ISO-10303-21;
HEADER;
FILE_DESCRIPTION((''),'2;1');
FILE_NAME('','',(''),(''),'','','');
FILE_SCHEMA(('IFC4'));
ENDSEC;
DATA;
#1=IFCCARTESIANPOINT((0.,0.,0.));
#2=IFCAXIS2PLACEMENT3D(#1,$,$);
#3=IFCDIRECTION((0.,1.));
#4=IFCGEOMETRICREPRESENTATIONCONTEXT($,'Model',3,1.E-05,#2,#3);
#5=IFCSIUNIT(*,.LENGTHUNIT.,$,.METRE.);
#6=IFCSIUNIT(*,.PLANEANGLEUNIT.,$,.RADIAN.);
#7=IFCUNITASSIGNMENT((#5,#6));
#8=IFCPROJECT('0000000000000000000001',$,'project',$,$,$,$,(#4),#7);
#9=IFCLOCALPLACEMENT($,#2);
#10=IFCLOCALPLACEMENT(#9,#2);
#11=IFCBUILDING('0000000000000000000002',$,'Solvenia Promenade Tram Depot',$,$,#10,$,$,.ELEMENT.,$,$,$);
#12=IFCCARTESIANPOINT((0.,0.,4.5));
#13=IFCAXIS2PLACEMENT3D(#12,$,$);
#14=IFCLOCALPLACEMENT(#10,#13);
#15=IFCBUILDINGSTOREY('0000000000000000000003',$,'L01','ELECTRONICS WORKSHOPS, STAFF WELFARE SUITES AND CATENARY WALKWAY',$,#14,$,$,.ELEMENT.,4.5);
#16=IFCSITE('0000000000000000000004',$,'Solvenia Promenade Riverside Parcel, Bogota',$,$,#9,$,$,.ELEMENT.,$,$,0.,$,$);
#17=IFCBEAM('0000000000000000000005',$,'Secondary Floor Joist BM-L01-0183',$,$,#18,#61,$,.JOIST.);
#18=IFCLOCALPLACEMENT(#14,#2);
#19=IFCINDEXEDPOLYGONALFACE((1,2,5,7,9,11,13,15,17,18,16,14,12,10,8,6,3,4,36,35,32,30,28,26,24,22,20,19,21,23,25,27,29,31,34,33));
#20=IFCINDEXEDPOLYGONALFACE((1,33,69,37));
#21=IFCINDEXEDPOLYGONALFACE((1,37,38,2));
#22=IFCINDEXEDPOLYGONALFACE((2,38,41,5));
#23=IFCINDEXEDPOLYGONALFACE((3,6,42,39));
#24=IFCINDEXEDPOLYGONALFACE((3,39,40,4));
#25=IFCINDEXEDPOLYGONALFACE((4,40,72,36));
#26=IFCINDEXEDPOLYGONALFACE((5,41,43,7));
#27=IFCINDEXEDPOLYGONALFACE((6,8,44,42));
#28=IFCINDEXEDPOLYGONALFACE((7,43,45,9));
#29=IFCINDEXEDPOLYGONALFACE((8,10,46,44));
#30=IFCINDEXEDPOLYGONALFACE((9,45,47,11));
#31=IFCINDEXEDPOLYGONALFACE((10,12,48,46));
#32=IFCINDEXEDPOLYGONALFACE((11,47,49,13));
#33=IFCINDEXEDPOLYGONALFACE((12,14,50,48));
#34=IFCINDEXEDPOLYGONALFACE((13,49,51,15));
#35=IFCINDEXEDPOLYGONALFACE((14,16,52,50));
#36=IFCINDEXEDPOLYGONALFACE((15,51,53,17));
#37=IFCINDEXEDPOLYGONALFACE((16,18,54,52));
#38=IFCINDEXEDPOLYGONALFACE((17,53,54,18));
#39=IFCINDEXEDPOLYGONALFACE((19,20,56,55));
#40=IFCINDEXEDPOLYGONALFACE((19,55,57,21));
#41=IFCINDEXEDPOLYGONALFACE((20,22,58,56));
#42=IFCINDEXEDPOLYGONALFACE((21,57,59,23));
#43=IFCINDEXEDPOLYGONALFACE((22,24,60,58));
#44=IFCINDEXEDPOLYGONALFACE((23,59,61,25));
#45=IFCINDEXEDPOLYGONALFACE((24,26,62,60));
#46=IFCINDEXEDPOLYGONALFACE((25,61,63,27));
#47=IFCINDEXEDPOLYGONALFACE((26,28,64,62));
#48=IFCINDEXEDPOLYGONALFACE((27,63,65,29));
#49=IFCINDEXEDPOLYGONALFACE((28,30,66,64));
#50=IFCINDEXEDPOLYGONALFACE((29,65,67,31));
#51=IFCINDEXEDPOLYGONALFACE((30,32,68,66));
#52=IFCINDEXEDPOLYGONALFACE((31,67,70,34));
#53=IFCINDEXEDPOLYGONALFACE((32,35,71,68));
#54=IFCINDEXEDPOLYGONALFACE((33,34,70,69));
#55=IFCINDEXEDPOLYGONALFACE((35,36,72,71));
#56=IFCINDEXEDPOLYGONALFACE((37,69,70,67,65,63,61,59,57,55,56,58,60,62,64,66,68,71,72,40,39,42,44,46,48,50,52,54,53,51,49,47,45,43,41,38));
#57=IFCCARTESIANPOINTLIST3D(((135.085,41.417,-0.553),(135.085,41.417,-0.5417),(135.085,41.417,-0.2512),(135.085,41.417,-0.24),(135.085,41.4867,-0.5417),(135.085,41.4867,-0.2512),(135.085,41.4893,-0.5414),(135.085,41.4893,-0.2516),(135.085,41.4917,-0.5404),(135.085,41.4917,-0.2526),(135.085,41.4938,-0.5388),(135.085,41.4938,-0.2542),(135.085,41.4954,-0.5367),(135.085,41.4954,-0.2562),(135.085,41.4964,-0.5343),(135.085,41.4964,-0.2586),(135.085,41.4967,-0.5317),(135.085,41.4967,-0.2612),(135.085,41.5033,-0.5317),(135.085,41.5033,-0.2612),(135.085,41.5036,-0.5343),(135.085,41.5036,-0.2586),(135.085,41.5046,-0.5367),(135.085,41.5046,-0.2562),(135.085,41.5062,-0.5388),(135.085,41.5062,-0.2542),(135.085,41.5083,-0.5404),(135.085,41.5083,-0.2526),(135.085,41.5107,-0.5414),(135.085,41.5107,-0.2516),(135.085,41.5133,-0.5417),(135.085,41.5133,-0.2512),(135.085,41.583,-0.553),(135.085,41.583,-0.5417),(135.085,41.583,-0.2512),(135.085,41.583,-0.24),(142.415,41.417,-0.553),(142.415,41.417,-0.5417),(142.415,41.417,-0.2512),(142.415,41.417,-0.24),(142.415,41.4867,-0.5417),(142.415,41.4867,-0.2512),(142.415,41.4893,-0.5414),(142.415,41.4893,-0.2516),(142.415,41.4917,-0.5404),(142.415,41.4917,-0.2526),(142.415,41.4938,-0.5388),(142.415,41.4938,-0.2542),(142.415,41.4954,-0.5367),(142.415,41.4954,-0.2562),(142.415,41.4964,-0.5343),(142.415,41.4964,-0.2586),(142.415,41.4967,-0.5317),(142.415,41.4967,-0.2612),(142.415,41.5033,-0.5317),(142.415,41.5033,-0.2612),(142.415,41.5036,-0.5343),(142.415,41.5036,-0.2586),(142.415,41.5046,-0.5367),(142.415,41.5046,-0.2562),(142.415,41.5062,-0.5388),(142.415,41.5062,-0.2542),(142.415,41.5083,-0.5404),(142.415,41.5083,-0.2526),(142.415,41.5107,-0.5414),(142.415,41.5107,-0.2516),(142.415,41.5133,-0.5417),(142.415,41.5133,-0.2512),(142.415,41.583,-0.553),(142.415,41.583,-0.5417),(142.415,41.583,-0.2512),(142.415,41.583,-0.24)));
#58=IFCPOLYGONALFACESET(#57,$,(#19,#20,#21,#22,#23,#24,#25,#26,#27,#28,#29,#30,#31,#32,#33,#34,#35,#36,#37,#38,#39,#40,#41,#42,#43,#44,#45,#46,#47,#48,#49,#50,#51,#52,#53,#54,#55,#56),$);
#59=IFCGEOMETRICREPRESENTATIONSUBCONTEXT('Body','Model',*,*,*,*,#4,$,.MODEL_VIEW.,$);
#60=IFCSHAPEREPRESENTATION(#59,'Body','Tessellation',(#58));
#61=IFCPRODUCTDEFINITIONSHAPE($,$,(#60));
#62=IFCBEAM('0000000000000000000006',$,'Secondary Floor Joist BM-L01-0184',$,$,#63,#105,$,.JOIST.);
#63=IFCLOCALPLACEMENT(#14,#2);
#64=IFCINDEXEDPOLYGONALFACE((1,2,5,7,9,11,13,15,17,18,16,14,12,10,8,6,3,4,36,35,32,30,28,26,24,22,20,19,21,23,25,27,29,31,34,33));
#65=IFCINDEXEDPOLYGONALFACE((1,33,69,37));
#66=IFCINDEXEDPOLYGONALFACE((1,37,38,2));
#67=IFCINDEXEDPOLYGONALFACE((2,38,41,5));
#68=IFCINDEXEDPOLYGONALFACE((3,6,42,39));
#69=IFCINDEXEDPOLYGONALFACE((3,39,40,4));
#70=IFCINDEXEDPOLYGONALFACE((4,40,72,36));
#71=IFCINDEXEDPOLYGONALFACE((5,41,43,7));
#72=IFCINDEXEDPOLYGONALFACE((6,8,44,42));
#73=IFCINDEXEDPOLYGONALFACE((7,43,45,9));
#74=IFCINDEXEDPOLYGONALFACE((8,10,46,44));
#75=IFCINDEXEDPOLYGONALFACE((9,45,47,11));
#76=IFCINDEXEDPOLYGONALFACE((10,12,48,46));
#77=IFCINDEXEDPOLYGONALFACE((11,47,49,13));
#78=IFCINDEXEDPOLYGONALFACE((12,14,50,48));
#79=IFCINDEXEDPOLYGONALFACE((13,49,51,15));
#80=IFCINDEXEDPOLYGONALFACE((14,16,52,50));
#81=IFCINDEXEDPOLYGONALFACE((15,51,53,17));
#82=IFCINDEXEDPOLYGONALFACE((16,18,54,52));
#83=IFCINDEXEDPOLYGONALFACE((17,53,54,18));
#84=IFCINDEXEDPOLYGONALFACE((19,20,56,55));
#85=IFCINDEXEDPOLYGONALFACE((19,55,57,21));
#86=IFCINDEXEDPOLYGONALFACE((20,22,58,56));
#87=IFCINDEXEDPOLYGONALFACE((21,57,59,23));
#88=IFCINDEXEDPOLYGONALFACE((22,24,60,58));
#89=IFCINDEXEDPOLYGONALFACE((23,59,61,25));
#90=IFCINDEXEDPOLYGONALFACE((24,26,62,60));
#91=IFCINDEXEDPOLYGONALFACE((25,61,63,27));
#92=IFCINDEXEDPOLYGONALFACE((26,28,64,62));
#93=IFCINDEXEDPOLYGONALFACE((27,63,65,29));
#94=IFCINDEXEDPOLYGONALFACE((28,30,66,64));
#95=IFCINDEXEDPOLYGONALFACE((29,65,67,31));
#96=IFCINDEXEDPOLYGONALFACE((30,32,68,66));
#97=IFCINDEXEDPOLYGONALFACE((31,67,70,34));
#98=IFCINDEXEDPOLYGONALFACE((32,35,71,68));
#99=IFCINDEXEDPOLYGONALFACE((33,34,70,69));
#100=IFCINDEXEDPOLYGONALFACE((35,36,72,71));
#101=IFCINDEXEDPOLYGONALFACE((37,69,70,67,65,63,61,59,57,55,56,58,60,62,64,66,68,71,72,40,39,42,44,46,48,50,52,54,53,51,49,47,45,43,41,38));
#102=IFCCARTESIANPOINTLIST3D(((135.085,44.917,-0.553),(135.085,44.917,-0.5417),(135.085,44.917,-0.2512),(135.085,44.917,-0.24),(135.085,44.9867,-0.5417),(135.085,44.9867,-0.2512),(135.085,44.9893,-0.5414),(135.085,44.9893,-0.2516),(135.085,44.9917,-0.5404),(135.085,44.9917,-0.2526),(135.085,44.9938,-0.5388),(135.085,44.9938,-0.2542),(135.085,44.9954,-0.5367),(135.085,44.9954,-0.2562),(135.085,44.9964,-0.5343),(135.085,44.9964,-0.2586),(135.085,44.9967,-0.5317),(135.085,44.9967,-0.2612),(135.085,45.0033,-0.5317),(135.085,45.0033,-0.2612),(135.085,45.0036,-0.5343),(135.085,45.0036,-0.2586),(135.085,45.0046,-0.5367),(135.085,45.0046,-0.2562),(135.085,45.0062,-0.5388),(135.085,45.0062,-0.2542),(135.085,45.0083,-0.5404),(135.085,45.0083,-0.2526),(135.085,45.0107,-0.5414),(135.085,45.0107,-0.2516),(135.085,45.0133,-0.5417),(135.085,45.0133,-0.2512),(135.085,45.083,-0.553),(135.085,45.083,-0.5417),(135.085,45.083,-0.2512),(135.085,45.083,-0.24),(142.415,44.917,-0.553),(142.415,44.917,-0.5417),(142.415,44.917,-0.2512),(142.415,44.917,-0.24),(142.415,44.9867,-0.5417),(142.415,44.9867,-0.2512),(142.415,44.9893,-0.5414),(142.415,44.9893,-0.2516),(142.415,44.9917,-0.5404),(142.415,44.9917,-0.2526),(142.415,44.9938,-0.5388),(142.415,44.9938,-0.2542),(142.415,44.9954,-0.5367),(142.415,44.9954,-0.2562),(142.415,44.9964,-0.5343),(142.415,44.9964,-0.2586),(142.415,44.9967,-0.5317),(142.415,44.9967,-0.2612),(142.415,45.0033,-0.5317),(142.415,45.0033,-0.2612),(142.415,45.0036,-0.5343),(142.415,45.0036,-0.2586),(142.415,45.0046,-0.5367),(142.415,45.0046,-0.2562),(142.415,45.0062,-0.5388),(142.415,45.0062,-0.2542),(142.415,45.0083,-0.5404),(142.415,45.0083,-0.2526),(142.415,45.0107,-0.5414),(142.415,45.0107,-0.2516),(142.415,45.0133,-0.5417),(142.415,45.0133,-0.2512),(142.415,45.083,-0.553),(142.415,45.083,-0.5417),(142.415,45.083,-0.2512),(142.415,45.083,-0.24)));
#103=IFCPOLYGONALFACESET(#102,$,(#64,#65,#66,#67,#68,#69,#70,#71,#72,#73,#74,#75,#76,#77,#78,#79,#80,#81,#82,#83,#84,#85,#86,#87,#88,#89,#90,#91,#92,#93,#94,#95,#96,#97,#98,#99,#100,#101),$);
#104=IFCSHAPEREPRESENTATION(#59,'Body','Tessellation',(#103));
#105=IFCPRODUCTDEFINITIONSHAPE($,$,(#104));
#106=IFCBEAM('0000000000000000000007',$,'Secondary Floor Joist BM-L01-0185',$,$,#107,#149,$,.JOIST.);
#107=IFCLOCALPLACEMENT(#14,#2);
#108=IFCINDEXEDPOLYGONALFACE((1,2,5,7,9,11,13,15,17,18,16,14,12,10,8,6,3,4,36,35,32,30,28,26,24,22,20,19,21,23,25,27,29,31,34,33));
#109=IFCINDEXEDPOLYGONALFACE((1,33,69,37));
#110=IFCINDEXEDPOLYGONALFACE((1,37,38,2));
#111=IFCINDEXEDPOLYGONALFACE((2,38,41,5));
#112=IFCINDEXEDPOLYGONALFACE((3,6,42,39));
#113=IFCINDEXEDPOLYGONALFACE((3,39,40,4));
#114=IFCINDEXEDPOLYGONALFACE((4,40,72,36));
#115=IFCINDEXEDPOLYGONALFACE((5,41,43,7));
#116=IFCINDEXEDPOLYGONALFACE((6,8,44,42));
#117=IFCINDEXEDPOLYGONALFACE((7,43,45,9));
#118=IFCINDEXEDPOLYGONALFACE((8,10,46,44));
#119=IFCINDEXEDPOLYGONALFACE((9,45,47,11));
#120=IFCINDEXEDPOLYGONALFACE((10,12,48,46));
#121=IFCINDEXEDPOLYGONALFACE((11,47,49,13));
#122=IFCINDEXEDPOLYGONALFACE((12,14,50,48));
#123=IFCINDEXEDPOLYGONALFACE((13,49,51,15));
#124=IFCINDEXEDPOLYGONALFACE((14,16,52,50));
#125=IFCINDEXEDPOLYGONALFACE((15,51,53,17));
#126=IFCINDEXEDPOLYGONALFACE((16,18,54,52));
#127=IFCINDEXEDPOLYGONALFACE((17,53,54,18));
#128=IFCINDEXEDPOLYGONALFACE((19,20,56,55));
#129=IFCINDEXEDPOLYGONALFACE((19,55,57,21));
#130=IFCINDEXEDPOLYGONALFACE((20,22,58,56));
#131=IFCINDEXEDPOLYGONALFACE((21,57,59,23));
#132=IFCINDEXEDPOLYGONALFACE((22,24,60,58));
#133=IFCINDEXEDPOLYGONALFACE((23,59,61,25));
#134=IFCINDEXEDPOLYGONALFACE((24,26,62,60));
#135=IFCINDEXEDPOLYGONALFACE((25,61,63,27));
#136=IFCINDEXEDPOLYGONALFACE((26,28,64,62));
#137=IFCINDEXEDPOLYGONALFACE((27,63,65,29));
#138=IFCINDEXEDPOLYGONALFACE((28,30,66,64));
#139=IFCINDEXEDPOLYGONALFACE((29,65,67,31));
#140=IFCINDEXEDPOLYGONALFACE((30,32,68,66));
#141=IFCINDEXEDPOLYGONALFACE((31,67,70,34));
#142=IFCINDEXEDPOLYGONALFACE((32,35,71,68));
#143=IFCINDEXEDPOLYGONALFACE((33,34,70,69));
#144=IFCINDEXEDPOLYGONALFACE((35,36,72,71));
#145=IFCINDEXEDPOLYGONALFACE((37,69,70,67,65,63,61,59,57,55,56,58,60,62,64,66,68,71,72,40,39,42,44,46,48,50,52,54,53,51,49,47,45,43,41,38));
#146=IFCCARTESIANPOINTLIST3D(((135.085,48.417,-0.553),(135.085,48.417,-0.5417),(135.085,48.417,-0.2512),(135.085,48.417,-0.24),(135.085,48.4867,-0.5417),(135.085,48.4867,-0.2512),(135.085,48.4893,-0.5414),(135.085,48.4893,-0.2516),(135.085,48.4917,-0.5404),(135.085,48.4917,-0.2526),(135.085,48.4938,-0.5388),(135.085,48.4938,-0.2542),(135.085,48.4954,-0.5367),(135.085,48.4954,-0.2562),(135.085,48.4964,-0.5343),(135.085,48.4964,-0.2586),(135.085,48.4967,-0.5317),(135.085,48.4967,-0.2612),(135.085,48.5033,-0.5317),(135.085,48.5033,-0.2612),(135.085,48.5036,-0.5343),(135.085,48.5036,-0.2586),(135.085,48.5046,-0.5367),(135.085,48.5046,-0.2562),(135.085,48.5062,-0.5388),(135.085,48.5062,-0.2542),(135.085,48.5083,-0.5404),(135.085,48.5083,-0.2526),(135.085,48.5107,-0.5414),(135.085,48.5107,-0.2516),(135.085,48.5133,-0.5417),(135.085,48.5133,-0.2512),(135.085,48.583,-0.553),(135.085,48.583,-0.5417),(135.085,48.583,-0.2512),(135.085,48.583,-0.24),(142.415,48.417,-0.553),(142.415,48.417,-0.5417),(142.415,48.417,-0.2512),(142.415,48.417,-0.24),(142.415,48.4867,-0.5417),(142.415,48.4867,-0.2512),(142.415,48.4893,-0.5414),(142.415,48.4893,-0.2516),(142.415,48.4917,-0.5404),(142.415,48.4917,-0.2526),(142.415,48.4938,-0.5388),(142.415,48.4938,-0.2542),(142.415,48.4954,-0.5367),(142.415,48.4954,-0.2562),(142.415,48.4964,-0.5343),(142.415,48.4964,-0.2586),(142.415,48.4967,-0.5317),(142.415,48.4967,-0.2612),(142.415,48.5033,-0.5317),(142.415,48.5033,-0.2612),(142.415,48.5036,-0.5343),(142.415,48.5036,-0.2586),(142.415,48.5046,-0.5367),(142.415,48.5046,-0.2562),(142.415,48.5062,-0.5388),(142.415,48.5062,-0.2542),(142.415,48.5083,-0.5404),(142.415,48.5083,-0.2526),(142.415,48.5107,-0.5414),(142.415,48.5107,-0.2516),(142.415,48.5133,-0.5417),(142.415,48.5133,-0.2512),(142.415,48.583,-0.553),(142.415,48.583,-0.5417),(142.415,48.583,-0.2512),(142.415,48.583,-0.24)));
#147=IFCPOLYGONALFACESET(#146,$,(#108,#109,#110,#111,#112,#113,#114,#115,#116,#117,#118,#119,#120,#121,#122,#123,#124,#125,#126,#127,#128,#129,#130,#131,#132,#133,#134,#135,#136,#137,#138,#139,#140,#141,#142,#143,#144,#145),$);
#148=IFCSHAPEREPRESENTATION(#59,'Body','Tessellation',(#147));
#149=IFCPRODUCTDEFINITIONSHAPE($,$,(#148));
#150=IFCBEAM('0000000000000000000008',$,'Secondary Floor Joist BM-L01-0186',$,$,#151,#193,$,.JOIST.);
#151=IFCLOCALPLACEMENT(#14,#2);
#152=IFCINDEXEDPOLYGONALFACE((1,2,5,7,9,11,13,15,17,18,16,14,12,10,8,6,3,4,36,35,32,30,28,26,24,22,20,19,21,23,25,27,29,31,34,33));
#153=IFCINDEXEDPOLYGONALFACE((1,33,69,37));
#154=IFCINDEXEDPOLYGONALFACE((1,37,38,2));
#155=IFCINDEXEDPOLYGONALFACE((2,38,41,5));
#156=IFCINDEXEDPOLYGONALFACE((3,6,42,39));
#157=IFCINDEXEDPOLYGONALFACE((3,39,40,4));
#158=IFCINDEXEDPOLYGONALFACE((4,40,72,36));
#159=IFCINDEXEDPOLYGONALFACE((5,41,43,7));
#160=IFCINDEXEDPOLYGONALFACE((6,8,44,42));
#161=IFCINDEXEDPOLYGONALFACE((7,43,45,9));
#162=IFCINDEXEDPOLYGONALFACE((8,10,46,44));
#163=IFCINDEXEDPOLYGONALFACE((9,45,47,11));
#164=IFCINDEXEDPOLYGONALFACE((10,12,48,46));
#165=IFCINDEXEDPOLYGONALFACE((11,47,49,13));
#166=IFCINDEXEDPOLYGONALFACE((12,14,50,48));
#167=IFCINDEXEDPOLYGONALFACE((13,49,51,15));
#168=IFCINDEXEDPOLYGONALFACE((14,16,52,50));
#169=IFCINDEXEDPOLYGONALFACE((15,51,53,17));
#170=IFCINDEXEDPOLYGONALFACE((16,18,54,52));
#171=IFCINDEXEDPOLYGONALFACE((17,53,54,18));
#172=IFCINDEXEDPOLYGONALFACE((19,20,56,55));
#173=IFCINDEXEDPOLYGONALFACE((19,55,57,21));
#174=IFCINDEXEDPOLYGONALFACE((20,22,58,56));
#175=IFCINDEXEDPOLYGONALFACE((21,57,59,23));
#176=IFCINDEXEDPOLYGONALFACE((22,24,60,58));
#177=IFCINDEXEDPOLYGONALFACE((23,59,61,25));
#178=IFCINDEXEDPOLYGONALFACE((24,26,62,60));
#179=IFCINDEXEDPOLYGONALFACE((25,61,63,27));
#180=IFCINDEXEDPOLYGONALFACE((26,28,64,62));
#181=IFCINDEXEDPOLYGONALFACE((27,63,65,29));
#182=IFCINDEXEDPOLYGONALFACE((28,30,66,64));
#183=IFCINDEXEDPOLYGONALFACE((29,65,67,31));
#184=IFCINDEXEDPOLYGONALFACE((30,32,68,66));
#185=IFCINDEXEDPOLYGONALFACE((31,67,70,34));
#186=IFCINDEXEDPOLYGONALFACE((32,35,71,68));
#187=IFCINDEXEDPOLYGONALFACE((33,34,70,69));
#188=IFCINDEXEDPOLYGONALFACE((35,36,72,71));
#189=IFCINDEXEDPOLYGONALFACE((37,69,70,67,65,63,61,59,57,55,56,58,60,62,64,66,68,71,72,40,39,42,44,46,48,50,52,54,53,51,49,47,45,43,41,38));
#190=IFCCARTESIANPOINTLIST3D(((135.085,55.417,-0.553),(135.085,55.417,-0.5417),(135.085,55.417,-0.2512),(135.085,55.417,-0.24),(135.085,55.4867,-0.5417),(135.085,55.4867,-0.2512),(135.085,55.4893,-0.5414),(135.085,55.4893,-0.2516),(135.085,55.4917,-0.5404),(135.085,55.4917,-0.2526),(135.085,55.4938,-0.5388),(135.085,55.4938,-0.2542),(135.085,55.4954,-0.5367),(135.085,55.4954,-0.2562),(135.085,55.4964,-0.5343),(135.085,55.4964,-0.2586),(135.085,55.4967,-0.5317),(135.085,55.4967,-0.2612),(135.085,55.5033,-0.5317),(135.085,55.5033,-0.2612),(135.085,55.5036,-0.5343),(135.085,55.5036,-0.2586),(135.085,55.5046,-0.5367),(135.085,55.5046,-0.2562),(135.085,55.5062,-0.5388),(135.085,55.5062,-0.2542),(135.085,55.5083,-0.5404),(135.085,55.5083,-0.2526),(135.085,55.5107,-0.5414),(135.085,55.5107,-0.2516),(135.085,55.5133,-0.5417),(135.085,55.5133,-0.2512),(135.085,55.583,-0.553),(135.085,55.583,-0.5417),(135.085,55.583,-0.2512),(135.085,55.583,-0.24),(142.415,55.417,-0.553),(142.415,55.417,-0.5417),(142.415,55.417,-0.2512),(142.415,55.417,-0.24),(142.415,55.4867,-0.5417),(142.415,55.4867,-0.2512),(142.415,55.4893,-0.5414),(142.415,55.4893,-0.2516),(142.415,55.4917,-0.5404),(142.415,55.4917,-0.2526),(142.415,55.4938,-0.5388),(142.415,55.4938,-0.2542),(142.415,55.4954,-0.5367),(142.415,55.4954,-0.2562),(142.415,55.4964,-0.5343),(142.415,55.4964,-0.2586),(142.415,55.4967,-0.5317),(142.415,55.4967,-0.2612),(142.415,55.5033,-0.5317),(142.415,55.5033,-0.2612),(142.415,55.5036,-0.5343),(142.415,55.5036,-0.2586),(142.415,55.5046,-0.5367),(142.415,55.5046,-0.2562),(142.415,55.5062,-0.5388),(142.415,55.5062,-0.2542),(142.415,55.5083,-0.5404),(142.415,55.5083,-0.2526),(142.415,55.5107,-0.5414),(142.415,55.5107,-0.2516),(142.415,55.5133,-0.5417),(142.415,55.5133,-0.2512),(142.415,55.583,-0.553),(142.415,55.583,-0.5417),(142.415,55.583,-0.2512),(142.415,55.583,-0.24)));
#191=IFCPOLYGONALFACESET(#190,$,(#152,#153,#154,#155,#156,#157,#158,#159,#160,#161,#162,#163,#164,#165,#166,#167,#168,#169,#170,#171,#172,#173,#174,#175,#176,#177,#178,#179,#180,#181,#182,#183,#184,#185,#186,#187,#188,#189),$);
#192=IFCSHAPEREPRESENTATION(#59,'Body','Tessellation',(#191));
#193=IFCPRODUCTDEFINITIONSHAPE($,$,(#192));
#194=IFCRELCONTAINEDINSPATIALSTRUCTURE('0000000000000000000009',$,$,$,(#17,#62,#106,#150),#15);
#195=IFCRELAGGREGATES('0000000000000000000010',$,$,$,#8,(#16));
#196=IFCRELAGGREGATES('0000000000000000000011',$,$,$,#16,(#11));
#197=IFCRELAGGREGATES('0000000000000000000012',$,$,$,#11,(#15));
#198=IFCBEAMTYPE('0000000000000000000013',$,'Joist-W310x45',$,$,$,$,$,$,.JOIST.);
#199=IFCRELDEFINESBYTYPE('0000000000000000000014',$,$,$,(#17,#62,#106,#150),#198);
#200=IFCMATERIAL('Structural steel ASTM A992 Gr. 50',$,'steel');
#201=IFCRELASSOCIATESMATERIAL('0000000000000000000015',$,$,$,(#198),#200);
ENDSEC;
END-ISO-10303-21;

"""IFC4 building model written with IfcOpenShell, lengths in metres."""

from ifc_helpers import new_model, si_unit, direction, frame, origin, origin_2d, place, context, subcontext, project, spatial, i_section, extrude, material, material_profile, profile_set, type_object, element, save


model = new_model("IFC4")

# Units and contexts
model_context = context("Model", 3, precision=1e-05, world=origin(), true_north=direction((0.0, 1.0)))
body_context = subcontext(model_context, "Body", "Model", "MODEL_VIEW")
ifc_project = project(units=[si_unit("LENGTHUNIT", "METRE"), si_unit("PLANEANGLEUNIT", "RADIAN")], contexts=[model_context])

# Site, building, storey
site_placement = place(None, origin())
site = spatial("IfcSite", under=ifc_project, at=site_placement, Name="Solvenia Promenade Riverside Parcel, Bogota", CompositionType="ELEMENT", RefElevation=0.0)
building_placement = place(site_placement, origin())
building = spatial("IfcBuilding", under=site, at=building_placement, Name="Solvenia Promenade Tram Depot", CompositionType="ELEMENT")
storey_placement = place(building_placement, frame((0.0, 0.0, 4.5)))
storey = spatial("IfcBuildingStorey", under=building, at=storey_placement, Name="L01", Description="ELECTRONICS WORKSHOPS, STAFF WELFARE SUITES AND CATENARY WALKWAY", CompositionType="ELEMENT", Elevation=4.5)

# Shared definitions
ifc_material_1 = material(Name="Structural steel ASTM A992 Gr. 50", Category="steel")

# Beams
ifc_material_profile_1 = material_profile(ifc_material_1, i_section(OverallWidth=0.166, OverallDepth=0.313, WebThickness=0.0066, FlangeThickness=0.0112, FilletRadius=0.01, at=origin_2d()), Name="W310x45", Category="steel")
ifc_profile_set_1 = profile_set([ifc_material_profile_1], Name="Structural steel ASTM A992 Gr. 50")
beam_type_1 = type_object("IfcBeamType", Name="Joist-W310x45", PredefinedType="JOIST", material=ifc_profile_set_1)
for number, where, z_axis, x_axis, name in (
    (1, (135.085, 41.5, -0.3965), (1.0, 0.0, 0.0), (0.0, 1.0, 0.0), "Secondary Floor Joist BM-L01-0183"),
    (2, (135.085, 45.0, -0.3965), (1.0, 0.0, 0.0), (0.0, 1.0, 0.0), "Secondary Floor Joist BM-L01-0184"),
    (3, (135.085, 48.5, -0.3965), (1.0, 0.0, 0.0), (0.0, 1.0, 0.0), "Secondary Floor Joist BM-L01-0185"),
    (4, (135.085, 55.5, -0.3965), (1.0, 0.0, 0.0), (0.0, 1.0, 0.0), "Secondary Floor Joist BM-L01-0186"),
):
    element("IfcBeam", number, at=place(storey_placement, frame(where, z_axis=z_axis, x_axis=x_axis)), inside=storey, type_object=beam_type_1, Name=name, PredefinedType="JOIST", context=body_context, shape_type="SweptSolid", body=[
        extrude(i_section(OverallWidth=0.166, OverallDepth=0.313, WebThickness=0.0066, FlangeThickness=0.0112, FilletRadius=0.01, at=origin_2d()), origin(), (0.0, 0.0, 1.0), 7.3301),
    ])

save(model, "model.ifc")
